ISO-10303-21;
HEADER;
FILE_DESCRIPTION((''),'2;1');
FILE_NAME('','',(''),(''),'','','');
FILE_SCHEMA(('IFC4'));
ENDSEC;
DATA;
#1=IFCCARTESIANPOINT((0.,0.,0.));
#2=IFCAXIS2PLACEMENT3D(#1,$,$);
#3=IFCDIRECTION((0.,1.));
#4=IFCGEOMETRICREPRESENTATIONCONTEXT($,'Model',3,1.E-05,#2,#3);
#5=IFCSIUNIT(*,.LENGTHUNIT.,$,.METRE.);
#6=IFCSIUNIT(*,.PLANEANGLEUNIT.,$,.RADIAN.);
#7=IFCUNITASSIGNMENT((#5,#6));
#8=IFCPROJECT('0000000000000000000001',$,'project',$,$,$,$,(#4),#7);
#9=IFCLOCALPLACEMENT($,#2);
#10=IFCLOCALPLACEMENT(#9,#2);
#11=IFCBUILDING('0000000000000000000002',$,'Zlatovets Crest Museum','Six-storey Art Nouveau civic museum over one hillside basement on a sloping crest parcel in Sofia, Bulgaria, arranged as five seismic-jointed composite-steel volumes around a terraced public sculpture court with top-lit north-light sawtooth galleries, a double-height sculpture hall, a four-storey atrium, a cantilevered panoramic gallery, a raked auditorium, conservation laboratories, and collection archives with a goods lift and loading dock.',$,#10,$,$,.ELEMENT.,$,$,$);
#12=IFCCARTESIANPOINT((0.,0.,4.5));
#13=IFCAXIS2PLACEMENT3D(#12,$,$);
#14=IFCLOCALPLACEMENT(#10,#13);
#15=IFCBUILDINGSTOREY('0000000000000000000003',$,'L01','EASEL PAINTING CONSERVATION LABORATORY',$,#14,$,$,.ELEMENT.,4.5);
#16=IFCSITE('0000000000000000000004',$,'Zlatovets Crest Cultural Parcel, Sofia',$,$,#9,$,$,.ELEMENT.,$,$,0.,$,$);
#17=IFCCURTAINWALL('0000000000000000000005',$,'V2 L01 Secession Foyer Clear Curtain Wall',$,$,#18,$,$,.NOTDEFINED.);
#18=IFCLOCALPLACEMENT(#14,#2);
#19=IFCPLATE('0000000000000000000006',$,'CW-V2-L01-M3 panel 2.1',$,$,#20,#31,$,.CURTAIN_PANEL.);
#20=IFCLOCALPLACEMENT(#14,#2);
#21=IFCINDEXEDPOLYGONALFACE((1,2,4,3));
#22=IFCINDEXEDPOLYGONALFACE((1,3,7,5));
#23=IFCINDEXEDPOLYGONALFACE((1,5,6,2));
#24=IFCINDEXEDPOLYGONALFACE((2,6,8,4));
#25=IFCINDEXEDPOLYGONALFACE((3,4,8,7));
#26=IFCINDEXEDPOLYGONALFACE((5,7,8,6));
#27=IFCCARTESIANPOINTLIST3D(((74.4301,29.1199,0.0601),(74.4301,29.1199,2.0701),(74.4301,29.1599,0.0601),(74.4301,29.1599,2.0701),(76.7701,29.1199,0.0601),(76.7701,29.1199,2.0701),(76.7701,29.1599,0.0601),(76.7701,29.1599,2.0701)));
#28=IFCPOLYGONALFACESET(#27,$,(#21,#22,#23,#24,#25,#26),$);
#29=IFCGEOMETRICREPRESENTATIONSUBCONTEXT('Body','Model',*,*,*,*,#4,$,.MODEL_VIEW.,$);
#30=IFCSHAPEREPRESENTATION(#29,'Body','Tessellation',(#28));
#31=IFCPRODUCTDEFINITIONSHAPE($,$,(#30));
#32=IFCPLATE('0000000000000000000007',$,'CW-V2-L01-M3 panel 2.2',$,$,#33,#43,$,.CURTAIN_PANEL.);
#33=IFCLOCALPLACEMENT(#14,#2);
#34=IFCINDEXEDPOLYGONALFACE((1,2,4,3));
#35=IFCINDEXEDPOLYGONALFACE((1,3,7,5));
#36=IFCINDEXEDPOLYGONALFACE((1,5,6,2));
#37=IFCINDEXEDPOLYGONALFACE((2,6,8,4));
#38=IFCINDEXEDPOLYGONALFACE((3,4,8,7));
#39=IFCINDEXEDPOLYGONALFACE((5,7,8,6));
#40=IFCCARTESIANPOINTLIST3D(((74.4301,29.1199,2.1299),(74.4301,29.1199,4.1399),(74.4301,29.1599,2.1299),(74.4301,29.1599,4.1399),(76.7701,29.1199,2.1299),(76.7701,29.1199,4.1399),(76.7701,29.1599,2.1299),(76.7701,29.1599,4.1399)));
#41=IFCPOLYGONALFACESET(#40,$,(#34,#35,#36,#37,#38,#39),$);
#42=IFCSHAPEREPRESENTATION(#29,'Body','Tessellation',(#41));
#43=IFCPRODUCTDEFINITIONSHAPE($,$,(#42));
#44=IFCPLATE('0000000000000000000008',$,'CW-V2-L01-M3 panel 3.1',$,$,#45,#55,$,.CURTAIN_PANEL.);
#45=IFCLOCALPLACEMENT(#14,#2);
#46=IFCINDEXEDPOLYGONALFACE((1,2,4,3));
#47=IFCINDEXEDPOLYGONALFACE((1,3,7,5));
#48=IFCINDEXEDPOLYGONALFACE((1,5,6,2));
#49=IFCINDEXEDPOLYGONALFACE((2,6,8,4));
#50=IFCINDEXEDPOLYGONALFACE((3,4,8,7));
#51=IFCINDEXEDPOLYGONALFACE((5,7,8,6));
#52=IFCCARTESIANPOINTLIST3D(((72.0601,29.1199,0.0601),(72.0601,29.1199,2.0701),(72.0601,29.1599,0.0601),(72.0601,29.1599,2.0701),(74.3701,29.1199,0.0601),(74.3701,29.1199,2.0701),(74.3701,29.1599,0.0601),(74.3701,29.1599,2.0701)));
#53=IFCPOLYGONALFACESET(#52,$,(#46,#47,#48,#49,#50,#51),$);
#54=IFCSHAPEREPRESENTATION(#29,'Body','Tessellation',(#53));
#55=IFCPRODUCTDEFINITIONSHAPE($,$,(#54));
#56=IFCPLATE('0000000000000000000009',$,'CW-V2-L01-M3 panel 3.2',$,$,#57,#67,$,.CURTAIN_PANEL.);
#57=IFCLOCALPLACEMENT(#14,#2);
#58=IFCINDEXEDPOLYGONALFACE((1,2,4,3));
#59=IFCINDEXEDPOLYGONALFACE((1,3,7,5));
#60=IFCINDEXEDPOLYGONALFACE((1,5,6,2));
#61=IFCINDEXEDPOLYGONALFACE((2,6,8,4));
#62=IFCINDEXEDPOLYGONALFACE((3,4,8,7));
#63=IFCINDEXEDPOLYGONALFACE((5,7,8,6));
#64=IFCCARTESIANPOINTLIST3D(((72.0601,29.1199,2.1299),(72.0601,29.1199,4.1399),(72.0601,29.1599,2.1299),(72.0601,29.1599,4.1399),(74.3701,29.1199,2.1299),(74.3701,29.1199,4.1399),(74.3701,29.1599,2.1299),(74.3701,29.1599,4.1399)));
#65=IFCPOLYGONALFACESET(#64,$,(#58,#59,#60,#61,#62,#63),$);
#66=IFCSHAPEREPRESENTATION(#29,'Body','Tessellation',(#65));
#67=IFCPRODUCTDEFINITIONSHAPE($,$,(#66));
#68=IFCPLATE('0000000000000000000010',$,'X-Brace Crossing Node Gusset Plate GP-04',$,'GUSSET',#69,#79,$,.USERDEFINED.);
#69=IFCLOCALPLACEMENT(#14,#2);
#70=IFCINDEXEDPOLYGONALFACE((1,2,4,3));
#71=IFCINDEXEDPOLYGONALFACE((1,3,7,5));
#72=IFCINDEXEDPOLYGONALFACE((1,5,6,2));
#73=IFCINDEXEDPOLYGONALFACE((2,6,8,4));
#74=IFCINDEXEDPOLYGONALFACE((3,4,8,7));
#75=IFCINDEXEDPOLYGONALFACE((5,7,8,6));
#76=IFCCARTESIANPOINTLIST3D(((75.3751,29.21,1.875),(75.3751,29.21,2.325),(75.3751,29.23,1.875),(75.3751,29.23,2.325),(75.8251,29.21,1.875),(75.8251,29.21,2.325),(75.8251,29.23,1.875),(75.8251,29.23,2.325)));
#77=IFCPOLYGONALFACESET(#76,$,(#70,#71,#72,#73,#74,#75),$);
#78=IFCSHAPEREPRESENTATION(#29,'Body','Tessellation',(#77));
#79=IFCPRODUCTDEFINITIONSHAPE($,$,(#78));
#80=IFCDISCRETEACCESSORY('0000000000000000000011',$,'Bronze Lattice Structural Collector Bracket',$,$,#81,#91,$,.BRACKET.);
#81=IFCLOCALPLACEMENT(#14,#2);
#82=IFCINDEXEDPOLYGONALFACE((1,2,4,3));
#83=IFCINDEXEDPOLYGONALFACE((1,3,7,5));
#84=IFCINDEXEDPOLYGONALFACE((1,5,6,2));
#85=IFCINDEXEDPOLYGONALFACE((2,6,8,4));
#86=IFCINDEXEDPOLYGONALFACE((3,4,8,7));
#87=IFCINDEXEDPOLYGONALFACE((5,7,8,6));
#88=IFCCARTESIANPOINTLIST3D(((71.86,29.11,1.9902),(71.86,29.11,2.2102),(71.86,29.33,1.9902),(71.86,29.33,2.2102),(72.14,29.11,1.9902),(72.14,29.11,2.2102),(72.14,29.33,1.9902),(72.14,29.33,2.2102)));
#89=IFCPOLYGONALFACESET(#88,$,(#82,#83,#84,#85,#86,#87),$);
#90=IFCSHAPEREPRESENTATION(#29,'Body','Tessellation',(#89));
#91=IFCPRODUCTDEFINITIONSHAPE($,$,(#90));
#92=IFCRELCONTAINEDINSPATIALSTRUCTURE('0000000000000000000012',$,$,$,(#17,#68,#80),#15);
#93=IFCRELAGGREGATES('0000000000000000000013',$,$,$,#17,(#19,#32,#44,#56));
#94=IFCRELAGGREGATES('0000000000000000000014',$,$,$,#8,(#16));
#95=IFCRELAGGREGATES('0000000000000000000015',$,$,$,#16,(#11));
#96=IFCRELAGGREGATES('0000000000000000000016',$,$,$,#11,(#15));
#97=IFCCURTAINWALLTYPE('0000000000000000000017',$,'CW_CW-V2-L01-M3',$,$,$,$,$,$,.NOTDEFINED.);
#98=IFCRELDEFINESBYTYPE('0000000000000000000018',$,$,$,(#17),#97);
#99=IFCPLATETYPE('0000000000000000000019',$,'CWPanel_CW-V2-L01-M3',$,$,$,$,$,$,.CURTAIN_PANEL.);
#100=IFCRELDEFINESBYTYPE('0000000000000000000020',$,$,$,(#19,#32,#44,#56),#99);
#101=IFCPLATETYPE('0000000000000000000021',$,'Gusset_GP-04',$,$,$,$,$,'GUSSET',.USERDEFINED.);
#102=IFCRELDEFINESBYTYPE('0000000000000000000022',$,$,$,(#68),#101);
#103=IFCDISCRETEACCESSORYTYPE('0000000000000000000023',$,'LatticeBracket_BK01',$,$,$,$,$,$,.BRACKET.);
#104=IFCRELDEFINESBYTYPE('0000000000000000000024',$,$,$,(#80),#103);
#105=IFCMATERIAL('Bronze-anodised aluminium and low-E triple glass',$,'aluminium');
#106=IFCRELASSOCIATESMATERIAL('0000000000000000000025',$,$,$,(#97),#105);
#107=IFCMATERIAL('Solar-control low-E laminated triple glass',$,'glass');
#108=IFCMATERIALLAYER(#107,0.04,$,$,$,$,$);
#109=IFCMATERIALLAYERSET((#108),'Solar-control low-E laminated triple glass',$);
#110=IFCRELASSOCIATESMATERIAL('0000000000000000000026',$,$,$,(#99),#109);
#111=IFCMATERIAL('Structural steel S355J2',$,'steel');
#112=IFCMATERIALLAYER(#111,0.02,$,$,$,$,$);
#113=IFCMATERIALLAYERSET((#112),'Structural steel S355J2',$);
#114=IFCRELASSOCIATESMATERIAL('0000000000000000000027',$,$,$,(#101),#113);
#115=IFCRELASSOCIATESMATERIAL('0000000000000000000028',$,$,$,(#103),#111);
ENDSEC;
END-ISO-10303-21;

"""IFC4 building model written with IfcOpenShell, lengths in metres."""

from ifc_helpers import new_model, si_unit, direction, frame, origin, origin_2d, place, context, subcontext, project, spatial, rectangle, extrude, material, layer, layer_set, type_object, element, aggregate, save


model = new_model("IFC4")

# Units and contexts
model_context = context("Model", 3, precision=1e-05, world=origin(), true_north=direction((0.0, 1.0)))
body_context = subcontext(model_context, "Body", "Model", "MODEL_VIEW")
ifc_project = project(units=[si_unit("LENGTHUNIT", "METRE"), si_unit("PLANEANGLEUNIT", "RADIAN")], contexts=[model_context])

# Site, building, storey
site_placement = place(None, origin())
site = spatial("IfcSite", under=ifc_project, at=site_placement, Name="Zlatovets Crest Cultural Parcel, Sofia", CompositionType="ELEMENT", RefElevation=0.0)
building_placement = place(site_placement, origin())
building = spatial("IfcBuilding", under=site, at=building_placement, Name="Zlatovets Crest Museum", Description="Six-storey Art Nouveau civic museum over one hillside basement on a sloping crest parcel in Sofia, Bulgaria, arranged as five seismic-jointed composite-steel volumes around a terraced public sculpture court with top-lit north-light sawtooth galleries, a double-height sculpture hall, a four-storey atrium, a cantilevered panoramic gallery, a raked auditorium, conservation laboratories, and collection archives with a goods lift and loading dock.", CompositionType="ELEMENT")
storey_placement = place(building_placement, frame((0.0, 0.0, 4.5)))
storey = spatial("IfcBuildingStorey", under=building, at=storey_placement, Name="L01", Description="EASEL PAINTING CONSERVATION LABORATORY", CompositionType="ELEMENT", Elevation=4.5)

# Shared definitions
ifc_material_1 = material(Name="Structural steel S355J2", Category="steel")

# Curtain wall
ifc_material_2 = material(Name="Bronze-anodised aluminium and low-E triple glass", Category="aluminium")
curtain_wall_type_1 = type_object("IfcCurtainWallType", Name="CW_CW-V2-L01-M3", PredefinedType="NOTDEFINED", material=ifc_material_2)
curtain_wall_1_placement = place(storey_placement, origin())
curtain_wall_1 = element("IfcCurtainWall", 1, at=curtain_wall_1_placement, inside=storey, type_object=curtain_wall_type_1, Name="V2 L01 Secession Foyer Clear Curtain Wall", PredefinedType="NOTDEFINED")

# Plates
ifc_material_3 = material(Name="Solar-control low-E laminated triple glass", Category="glass")
ifc_layer_1 = layer(ifc_material_3, 0.04)
ifc_layer_set_1 = layer_set([ifc_layer_1], Name="Solar-control low-E laminated triple glass")
plate_type_1 = type_object("IfcPlateType", Name="CWPanel_CW-V2-L01-M3", PredefinedType="CURTAIN_PANEL", material=ifc_layer_set_1)
plate_1_placement = place(storey_placement, frame((75.6001, 29.1399, 0.0601), z_axis=(0.0, 0.0, 1.0), x_axis=(-1.0, 0.0, 0.0)))
plate_1 = element("IfcPlate", 2, at=plate_1_placement, type_object=plate_type_1, Name="CW-V2-L01-M3 panel 2.1", PredefinedType="CURTAIN_PANEL", context=body_context, shape_type="SweptSolid", body=[
    extrude(rectangle(XDim=2.3401, YDim=0.04, at=origin_2d()), origin(), (0.0, 0.0, 1.0), 2.01),
])
plate_2_placement = place(storey_placement, frame((75.6001, 29.1399, 2.1299), z_axis=(0.0, 0.0, 1.0), x_axis=(-1.0, 0.0, 0.0)))
plate_2 = element("IfcPlate", 3, at=plate_2_placement, type_object=plate_type_1, Name="CW-V2-L01-M3 panel 2.2", PredefinedType="CURTAIN_PANEL", context=body_context, shape_type="SweptSolid", body=[
    extrude(rectangle(XDim=2.3401, YDim=0.04, at=origin_2d()), origin(), (0.0, 0.0, 1.0), 2.01),
])
plate_3_placement = place(storey_placement, frame((73.2151, 29.1399, 0.0601), z_axis=(0.0, 0.0, 1.0), x_axis=(-1.0, 0.0, 0.0)))
plate_3 = element("IfcPlate", 4, at=plate_3_placement, type_object=plate_type_1, Name="CW-V2-L01-M3 panel 3.1", PredefinedType="CURTAIN_PANEL", context=body_context, shape_type="SweptSolid", body=[
    extrude(rectangle(XDim=2.3101, YDim=0.04, at=origin_2d()), origin(), (0.0, 0.0, 1.0), 2.01),
])
plate_4_placement = place(storey_placement, frame((73.2151, 29.1399, 2.1299), z_axis=(0.0, 0.0, 1.0), x_axis=(-1.0, 0.0, 0.0)))
plate_4 = element("IfcPlate", 5, at=plate_4_placement, type_object=plate_type_1, Name="CW-V2-L01-M3 panel 3.2", PredefinedType="CURTAIN_PANEL", context=body_context, shape_type="SweptSolid", body=[
    extrude(rectangle(XDim=2.3101, YDim=0.04, at=origin_2d()), origin(), (0.0, 0.0, 1.0), 2.01),
])
aggregate(curtain_wall_1, [plate_1, plate_2, plate_3, plate_4])
ifc_layer_2 = layer(ifc_material_1, 0.02)
ifc_layer_set_2 = layer_set([ifc_layer_2], Name="Structural steel S355J2")
plate_type_2 = type_object("IfcPlateType", Name="Gusset_GP-04", ElementType="GUSSET", PredefinedType="USERDEFINED", material=ifc_layer_set_2)
plate_5_placement = place(storey_placement, frame((75.6001, 29.22, 1.875), z_axis=(0.0, 0.0, 1.0), x_axis=(1.0, 0.0, 0.0)))
element("IfcPlate", 6, at=plate_5_placement, inside=storey, type_object=plate_type_2, Name="X-Brace Crossing Node Gusset Plate GP-04", ObjectType="GUSSET", PredefinedType="USERDEFINED", context=body_context, shape_type="SweptSolid", body=[
    extrude(rectangle(XDim=0.45, YDim=0.02, at=origin_2d()), origin(), (0.0, 0.0, 1.0), 0.45),
])

# Discrete accessory
discrete_accessory_type = type_object("IfcDiscreteAccessoryType", Name="LatticeBracket_BK01", PredefinedType="BRACKET", material=ifc_material_1)
discrete_accessory_placement = place(storey_placement, frame((72.0, 29.22, 1.9902), z_axis=(0.0, 0.0, 1.0), x_axis=(1.0, 0.0, 0.0)))
element("IfcDiscreteAccessory", 7, at=discrete_accessory_placement, inside=storey, type_object=discrete_accessory_type, Name="Bronze Lattice Structural Collector Bracket", PredefinedType="BRACKET", context=body_context, shape_type="SweptSolid", body=[
    extrude(rectangle(XDim=0.28, YDim=0.22, at=origin_2d()), origin(), (0.0, 0.0, 1.0), 0.22),
])

save(model, "model.ifc")
